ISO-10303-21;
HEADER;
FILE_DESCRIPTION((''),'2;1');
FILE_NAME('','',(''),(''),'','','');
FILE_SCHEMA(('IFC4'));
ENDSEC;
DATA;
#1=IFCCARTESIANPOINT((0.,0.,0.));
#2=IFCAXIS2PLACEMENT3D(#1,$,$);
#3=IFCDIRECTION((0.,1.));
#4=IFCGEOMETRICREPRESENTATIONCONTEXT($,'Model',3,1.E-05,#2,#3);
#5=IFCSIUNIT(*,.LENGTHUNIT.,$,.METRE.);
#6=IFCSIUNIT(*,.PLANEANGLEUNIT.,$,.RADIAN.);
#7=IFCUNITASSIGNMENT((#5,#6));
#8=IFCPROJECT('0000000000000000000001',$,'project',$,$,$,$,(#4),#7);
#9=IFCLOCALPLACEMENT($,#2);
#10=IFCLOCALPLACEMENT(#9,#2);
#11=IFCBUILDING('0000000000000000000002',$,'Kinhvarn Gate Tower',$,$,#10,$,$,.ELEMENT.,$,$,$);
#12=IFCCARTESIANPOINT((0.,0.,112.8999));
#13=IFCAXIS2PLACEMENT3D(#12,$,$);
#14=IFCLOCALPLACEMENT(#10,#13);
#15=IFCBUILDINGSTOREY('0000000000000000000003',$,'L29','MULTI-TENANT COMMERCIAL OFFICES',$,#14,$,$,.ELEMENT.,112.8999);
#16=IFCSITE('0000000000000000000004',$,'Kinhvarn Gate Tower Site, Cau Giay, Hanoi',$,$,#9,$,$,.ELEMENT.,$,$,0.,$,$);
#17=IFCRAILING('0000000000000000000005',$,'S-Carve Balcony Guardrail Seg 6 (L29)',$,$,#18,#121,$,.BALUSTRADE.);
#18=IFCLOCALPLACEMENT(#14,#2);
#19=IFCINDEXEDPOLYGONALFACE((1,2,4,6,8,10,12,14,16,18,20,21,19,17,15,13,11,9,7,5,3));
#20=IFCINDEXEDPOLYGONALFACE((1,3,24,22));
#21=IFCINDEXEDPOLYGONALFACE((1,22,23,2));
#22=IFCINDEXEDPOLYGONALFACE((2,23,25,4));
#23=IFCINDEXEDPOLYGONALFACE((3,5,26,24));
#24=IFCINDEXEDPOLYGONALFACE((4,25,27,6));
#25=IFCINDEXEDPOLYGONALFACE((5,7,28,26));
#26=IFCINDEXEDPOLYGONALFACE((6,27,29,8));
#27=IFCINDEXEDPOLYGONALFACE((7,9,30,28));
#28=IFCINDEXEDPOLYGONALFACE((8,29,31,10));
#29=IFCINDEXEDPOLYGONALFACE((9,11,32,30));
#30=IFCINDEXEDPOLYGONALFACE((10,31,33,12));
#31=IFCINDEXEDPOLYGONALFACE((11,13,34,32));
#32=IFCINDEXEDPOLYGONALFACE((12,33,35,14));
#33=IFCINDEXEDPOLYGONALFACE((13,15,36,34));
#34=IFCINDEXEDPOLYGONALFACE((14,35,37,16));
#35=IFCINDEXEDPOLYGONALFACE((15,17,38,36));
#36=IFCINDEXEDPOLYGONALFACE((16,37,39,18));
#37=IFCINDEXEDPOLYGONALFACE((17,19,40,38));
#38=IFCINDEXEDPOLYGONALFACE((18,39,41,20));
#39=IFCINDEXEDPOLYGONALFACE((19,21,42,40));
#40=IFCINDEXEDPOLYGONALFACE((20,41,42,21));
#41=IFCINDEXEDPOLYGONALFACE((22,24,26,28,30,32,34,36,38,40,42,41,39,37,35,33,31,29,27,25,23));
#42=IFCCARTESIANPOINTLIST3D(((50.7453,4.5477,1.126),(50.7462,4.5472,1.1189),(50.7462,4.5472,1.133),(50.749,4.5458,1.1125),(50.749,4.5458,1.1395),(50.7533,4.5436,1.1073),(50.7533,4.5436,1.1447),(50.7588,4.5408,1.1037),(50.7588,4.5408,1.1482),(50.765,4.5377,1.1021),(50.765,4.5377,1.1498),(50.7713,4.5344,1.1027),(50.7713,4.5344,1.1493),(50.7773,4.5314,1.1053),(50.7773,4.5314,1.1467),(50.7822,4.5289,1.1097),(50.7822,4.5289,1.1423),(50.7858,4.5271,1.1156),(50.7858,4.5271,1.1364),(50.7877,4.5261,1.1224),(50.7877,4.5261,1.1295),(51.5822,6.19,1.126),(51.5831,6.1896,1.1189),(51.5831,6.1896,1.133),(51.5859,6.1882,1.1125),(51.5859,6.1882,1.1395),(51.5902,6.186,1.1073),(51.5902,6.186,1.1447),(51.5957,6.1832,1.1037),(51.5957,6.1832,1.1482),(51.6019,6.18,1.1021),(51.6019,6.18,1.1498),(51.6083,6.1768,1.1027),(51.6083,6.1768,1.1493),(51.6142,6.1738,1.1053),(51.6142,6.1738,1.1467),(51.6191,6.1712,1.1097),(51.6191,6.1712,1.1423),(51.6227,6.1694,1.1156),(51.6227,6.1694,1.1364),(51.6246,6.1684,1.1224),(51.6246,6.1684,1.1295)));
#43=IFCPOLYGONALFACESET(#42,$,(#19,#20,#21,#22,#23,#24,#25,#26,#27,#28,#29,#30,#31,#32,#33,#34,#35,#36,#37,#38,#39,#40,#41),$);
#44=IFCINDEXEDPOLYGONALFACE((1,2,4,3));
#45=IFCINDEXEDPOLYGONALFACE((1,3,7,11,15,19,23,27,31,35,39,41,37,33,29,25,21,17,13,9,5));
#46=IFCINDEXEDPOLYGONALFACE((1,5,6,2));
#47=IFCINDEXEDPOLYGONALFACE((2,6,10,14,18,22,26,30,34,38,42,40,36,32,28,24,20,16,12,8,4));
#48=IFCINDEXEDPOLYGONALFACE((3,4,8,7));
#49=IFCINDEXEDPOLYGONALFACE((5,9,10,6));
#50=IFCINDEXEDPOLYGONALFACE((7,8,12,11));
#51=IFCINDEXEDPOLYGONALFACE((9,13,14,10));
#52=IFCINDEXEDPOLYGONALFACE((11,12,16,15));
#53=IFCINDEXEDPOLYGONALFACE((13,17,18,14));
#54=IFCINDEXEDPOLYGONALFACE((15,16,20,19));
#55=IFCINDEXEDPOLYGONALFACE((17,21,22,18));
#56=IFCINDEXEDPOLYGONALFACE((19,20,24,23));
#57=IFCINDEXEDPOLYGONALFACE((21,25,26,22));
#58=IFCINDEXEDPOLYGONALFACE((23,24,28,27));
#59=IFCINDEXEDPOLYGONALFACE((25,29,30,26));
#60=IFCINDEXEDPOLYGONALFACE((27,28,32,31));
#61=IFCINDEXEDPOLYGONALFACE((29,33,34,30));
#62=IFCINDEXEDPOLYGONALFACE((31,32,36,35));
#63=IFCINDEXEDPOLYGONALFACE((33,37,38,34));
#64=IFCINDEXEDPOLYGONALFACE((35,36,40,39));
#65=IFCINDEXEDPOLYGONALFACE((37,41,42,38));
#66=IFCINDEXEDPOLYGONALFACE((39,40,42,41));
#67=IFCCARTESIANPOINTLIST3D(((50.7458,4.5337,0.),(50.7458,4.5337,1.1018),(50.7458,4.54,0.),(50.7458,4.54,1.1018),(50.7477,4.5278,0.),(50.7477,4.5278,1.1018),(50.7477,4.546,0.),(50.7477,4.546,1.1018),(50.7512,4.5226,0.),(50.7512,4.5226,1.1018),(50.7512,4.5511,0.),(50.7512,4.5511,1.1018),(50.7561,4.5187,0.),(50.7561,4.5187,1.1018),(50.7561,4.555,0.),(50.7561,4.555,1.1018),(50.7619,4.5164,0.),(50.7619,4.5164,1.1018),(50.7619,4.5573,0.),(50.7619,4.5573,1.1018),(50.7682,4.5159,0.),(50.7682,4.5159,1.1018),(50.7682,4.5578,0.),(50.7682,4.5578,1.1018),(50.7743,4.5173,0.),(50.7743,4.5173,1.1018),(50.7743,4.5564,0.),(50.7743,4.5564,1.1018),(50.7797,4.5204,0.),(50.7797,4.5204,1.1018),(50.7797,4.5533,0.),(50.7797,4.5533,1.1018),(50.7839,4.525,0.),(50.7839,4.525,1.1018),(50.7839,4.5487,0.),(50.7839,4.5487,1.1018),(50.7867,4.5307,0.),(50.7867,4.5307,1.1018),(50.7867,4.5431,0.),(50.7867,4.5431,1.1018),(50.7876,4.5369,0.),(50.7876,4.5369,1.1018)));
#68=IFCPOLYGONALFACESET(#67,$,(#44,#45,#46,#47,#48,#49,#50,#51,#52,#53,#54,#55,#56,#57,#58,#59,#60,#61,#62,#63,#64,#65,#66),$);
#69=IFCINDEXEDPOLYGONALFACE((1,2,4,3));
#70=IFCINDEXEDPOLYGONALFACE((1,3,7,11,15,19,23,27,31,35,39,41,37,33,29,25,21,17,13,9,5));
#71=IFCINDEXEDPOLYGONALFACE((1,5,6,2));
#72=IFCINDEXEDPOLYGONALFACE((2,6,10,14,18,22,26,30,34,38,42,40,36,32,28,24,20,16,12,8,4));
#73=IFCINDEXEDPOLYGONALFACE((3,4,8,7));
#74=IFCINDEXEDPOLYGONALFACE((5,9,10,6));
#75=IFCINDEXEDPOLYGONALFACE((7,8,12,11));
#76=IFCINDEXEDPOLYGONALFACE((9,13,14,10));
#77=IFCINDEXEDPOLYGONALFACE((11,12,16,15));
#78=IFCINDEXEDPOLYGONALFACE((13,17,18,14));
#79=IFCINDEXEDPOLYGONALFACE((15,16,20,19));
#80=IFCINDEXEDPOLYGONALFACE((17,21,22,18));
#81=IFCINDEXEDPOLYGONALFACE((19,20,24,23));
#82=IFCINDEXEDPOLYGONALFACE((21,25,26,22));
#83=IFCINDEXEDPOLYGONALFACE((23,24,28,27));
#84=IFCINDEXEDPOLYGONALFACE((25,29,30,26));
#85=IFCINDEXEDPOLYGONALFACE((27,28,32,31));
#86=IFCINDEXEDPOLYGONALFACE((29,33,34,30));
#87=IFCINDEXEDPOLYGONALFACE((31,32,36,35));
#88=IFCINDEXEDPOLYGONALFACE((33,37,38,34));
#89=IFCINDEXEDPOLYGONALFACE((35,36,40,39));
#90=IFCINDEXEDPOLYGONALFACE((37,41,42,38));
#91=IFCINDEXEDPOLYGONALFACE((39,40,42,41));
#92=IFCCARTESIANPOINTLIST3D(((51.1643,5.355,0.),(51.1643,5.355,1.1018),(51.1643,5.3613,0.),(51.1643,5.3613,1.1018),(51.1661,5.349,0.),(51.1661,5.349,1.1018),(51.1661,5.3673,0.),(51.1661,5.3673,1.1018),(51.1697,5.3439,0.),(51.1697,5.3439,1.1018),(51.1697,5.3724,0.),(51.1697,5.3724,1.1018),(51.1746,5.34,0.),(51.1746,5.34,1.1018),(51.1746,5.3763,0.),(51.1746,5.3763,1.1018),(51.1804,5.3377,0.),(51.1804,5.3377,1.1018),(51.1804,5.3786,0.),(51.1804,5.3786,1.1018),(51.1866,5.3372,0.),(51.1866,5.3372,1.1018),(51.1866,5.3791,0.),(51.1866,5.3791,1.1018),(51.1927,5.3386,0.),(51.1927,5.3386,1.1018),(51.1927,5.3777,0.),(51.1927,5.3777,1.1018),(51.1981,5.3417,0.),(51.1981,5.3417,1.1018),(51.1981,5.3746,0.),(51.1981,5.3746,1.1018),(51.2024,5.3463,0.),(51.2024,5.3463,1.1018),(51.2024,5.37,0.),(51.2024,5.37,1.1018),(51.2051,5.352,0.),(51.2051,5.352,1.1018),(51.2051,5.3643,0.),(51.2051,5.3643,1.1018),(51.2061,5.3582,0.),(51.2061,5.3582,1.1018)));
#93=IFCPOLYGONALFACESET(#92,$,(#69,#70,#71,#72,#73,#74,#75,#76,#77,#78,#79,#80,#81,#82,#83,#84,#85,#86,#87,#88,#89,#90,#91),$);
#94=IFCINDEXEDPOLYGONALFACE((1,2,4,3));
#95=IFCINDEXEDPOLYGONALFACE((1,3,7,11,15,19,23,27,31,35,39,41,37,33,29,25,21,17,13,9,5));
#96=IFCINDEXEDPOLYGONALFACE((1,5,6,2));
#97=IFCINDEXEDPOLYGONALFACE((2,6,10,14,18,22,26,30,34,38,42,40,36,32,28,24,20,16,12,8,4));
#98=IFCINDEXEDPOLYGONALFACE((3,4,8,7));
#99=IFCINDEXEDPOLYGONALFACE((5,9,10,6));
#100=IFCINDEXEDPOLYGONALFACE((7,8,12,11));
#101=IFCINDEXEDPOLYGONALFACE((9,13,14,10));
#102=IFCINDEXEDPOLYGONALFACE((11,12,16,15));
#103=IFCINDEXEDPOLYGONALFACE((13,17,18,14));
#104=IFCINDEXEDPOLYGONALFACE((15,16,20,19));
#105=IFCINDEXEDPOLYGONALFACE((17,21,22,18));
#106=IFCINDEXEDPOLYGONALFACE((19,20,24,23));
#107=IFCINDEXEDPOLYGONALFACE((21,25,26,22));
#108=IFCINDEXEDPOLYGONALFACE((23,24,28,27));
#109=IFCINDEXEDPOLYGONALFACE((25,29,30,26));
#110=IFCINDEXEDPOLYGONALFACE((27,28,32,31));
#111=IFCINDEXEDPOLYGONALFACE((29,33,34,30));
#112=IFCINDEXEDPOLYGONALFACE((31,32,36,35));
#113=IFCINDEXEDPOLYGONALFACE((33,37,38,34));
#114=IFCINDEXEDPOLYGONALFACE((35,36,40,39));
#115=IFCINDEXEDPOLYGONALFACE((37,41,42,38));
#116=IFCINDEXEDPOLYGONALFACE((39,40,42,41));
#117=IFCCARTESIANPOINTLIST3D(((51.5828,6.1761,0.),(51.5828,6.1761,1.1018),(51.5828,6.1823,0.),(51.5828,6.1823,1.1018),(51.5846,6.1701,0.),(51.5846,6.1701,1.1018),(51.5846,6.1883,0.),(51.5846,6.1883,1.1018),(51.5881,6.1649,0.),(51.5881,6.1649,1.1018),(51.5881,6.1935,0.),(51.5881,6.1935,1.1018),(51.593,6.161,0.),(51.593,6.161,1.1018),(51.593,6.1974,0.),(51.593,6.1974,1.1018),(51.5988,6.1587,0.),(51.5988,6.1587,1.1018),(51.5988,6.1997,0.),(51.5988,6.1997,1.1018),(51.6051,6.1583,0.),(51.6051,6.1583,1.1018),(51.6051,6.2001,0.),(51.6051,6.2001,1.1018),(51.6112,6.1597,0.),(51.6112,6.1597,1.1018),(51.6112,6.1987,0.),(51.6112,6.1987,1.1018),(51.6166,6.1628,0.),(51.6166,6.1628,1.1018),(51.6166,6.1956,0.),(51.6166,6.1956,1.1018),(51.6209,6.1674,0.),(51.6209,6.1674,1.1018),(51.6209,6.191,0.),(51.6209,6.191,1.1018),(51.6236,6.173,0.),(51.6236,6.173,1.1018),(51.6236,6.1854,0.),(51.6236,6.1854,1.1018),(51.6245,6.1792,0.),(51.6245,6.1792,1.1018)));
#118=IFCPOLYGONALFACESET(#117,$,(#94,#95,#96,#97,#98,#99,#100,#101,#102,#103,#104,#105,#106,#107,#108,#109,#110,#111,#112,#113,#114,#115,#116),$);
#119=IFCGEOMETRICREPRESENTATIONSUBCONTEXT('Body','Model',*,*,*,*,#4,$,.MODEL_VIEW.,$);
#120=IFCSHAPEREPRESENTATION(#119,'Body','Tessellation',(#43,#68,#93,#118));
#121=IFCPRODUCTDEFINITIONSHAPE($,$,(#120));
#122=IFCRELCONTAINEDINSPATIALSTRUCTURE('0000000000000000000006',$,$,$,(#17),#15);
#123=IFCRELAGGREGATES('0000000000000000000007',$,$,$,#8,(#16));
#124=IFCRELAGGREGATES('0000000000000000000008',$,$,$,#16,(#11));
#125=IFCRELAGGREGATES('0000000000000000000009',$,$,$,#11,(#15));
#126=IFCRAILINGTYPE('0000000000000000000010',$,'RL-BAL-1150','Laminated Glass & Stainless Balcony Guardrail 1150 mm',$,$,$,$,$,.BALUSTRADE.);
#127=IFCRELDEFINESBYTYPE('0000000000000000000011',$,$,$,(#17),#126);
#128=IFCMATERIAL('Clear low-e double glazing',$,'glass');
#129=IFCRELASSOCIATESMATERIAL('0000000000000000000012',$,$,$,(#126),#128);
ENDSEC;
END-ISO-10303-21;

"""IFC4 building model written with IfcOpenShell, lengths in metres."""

from ifc_helpers import new_model, si_unit, direction, frame, origin, origin_2d, place, context, subcontext, project, spatial, circle, extrude, material, type_object, element, save


model = new_model("IFC4")

# Units and contexts
model_context = context("Model", 3, precision=1e-05, world=origin(), true_north=direction((0.0, 1.0)))
body_context = subcontext(model_context, "Body", "Model", "MODEL_VIEW")
ifc_project = project(units=[si_unit("LENGTHUNIT", "METRE"), si_unit("PLANEANGLEUNIT", "RADIAN")], contexts=[model_context])

# Site, building, storey
site_placement = place(None, origin())
site = spatial("IfcSite", under=ifc_project, at=site_placement, Name="Kinhvarn Gate Tower Site, Cau Giay, Hanoi", CompositionType="ELEMENT", RefElevation=0.0)
building_placement = place(site_placement, origin())
building = spatial("IfcBuilding", under=site, at=building_placement, Name="Kinhvarn Gate Tower", CompositionType="ELEMENT")
storey_placement = place(building_placement, frame((0.0, 0.0, 112.8999)))
storey = spatial("IfcBuildingStorey", under=building, at=storey_placement, Name="L29", Description="MULTI-TENANT COMMERCIAL OFFICES", CompositionType="ELEMENT", Elevation=112.8999)

# Shared definitions
ifc_material_1 = material(Name="Clear low-e double glazing", Category="glass")

# Railing
railing_type = type_object("IfcRailingType", Name="RL-BAL-1150", Description="Laminated Glass & Stainless Balcony Guardrail 1150 mm", PredefinedType="BALUSTRADE", material=ifc_material_1)
railing_1_placement = place(storey_placement, frame((50.7666, 4.5369, 0.0)))
element("IfcRailing", 1, at=railing_1_placement, inside=storey, type_object=railing_type, Name="S-Carve Balcony Guardrail Seg 6 (L29)", PredefinedType="BALUSTRADE", context=body_context, shape_type="SweptSolid", body=[
    extrude(circle(Radius=0.0239, at=origin_2d()), frame((0.0, 0.0, 1.126), z_axis=(0.454035, 0.890984, 0.0), x_axis=(-0.890984, 0.454035, 0.0)), (0.0, 0.0, 1.0), 1.8433),
    extrude(circle(Radius=0.021, at=origin_2d()), origin(), (0.0, 0.0, 1.0), 1.1018),
    extrude(circle(Radius=0.021, at=origin_2d()), frame((0.4185, 0.8213, 0.0)), (0.0, 0.0, 1.0), 1.1018),
    extrude(circle(Radius=0.021, at=origin_2d()), frame((0.8369, 1.6423, 0.0)), (0.0, 0.0, 1.0), 1.1018),
])

save(model, "model.ifc")
